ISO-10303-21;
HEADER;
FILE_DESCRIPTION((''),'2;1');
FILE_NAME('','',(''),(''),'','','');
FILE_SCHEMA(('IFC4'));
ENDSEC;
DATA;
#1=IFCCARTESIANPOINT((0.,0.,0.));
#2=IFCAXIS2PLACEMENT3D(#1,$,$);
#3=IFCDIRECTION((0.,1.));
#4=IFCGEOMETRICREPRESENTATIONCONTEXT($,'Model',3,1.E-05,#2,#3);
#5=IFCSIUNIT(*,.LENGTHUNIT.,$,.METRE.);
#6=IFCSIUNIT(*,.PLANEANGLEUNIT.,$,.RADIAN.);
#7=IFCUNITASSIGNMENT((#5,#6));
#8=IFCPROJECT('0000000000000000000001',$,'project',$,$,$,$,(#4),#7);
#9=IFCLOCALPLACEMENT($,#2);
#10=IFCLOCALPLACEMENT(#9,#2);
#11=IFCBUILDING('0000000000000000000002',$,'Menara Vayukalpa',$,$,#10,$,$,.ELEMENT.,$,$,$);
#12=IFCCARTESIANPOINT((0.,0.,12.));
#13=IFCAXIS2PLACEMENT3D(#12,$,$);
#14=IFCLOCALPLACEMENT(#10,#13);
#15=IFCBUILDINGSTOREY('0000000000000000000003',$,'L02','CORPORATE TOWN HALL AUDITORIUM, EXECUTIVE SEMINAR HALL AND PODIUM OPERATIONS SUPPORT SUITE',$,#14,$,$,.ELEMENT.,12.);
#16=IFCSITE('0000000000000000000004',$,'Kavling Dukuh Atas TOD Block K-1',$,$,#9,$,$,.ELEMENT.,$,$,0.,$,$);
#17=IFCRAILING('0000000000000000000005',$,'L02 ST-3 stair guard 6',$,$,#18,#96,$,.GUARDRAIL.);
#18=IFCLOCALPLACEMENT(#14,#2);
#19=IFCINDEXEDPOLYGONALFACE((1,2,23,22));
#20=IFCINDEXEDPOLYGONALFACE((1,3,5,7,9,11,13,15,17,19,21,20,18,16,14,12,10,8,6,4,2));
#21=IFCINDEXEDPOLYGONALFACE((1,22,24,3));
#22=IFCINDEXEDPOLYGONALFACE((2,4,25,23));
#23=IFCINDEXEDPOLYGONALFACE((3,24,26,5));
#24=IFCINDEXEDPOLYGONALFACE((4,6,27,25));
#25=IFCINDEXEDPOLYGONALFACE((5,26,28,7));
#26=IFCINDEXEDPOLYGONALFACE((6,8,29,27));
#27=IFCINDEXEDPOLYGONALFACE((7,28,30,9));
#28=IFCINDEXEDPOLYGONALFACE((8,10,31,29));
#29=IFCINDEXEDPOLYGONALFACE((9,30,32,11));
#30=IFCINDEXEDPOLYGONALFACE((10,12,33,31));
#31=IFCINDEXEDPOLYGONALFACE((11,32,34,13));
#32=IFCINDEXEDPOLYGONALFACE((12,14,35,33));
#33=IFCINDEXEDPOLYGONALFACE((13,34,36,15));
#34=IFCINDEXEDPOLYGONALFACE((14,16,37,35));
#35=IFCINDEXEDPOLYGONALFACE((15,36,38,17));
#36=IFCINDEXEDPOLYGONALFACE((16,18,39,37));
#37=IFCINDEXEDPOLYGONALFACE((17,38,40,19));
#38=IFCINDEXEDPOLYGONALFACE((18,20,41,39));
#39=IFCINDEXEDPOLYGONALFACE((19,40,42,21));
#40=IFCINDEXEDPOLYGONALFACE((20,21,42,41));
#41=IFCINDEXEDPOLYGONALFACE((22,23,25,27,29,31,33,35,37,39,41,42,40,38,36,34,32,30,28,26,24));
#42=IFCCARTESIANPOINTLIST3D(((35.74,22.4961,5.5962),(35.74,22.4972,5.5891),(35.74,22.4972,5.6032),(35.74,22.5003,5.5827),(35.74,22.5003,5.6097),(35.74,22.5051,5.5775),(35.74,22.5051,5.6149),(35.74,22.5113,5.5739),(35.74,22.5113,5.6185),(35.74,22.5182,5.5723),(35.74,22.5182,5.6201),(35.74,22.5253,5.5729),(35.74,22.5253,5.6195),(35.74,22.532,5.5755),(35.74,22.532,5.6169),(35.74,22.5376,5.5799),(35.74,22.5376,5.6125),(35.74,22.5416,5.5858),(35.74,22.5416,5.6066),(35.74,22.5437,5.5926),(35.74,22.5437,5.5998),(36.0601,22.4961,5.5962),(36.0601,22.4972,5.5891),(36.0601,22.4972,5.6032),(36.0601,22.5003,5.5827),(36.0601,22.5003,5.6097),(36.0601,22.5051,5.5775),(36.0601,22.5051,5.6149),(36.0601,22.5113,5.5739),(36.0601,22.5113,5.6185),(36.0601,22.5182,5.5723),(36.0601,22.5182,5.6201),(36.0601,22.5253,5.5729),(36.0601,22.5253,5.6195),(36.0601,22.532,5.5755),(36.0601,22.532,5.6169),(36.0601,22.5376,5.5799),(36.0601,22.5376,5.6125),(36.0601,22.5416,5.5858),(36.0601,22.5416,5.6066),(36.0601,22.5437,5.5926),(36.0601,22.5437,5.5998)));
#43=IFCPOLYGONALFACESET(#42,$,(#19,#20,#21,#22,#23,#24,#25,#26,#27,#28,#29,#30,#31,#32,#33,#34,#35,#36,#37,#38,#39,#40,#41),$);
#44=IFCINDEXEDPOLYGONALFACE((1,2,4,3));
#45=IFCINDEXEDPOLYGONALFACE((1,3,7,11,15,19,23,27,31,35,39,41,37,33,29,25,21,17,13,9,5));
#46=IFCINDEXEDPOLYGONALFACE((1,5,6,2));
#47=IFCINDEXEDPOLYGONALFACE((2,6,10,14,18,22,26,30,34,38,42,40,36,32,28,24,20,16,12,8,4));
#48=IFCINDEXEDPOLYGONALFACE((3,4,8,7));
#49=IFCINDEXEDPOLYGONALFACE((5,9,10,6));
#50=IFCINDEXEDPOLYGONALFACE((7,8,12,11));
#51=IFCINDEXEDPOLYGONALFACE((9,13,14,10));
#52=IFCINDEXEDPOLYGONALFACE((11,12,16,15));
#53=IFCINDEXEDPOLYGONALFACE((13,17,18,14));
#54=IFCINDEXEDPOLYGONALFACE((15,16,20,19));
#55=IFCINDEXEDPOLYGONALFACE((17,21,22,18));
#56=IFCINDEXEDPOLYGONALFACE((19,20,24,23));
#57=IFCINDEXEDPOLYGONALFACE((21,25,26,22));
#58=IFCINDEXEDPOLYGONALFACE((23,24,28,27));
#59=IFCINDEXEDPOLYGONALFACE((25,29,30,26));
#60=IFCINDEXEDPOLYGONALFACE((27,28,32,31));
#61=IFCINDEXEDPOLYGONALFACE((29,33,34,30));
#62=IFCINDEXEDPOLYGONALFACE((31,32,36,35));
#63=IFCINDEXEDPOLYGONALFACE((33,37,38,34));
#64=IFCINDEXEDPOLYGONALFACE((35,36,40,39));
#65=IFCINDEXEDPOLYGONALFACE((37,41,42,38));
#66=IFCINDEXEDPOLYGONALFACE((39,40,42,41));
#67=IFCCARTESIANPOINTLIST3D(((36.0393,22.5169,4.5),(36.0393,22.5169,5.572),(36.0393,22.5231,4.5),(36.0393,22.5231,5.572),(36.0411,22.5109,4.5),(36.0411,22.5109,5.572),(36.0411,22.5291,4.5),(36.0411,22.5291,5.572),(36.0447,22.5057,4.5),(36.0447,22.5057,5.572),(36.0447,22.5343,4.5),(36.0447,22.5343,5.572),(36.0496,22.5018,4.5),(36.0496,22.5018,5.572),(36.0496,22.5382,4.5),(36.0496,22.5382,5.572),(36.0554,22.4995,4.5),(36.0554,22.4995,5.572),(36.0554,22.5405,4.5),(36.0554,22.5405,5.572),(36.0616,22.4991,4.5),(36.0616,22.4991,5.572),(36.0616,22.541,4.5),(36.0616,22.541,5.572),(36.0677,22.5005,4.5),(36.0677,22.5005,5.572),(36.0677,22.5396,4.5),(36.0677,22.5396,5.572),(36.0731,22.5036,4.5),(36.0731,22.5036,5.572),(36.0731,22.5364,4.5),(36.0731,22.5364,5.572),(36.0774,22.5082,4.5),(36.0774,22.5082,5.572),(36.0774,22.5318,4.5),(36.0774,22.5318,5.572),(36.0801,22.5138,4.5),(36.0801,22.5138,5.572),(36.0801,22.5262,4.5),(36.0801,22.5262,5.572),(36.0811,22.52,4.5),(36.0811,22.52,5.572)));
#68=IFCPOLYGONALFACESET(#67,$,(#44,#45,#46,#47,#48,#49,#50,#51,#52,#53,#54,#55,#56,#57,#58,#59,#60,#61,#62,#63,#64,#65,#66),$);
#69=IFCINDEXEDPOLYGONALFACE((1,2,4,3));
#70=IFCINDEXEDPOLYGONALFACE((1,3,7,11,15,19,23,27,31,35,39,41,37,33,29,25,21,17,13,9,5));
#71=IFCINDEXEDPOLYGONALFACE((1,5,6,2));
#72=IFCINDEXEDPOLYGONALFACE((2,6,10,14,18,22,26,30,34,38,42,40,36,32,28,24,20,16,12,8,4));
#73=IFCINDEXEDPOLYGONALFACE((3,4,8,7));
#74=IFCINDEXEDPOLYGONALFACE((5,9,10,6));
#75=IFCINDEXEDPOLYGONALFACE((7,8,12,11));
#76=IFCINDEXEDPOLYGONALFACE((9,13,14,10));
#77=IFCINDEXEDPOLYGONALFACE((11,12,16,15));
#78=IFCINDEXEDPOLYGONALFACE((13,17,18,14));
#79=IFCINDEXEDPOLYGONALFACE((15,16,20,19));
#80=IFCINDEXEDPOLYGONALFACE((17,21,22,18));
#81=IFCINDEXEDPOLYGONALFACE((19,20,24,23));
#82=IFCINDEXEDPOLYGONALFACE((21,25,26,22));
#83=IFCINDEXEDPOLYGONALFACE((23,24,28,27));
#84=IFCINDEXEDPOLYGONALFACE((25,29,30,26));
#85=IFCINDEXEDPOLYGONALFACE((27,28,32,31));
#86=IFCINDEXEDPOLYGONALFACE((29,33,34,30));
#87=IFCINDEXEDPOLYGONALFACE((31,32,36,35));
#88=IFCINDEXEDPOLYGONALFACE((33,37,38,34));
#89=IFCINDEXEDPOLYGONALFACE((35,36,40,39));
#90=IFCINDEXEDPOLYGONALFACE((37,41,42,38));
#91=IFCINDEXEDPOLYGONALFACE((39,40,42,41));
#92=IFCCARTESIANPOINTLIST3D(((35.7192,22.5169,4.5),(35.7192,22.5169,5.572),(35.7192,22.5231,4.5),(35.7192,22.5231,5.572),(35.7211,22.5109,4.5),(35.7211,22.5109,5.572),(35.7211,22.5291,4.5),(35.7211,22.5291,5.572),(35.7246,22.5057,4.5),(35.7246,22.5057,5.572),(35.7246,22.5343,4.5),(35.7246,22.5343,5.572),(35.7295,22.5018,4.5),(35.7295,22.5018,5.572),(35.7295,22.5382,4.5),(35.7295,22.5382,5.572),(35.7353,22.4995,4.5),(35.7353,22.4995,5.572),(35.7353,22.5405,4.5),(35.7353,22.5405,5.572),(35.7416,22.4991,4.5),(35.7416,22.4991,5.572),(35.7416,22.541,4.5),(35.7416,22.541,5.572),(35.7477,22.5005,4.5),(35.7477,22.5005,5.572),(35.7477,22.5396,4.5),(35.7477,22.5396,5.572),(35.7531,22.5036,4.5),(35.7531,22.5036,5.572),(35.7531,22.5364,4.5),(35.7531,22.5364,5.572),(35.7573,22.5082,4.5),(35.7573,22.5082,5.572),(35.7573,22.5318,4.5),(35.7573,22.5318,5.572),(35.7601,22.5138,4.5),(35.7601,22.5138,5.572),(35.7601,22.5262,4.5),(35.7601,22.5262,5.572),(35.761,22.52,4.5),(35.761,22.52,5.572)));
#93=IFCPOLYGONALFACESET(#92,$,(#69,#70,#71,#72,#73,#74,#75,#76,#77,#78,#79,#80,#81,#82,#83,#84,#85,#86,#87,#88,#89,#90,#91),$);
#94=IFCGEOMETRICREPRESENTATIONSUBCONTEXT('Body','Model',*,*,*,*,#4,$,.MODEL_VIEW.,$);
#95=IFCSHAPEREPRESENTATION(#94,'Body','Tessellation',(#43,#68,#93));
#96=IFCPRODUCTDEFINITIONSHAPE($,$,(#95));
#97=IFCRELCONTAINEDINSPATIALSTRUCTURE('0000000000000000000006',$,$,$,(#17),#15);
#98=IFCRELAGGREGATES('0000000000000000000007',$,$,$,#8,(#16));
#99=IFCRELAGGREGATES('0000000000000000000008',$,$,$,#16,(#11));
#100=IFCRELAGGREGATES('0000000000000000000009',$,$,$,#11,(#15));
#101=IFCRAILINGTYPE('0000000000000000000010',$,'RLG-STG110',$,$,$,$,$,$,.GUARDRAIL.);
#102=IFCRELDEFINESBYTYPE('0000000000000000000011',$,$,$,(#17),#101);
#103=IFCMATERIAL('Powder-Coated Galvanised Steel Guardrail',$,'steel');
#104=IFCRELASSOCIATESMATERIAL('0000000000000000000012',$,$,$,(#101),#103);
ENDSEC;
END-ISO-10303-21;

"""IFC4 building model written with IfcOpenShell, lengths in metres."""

from ifc_helpers import new_model, si_unit, direction, frame, origin, origin_2d, place, context, subcontext, project, spatial, circle, extrude, material, type_object, element, save


model = new_model("IFC4")

# Units and contexts
model_context = context("Model", 3, precision=1e-05, world=origin(), true_north=direction((0.0, 1.0)))
body_context = subcontext(model_context, "Body", "Model", "MODEL_VIEW")
ifc_project = project(units=[si_unit("LENGTHUNIT", "METRE"), si_unit("PLANEANGLEUNIT", "RADIAN")], contexts=[model_context])

# Site, building, storey
site_placement = place(None, origin())
site = spatial("IfcSite", under=ifc_project, at=site_placement, Name="Kavling Dukuh Atas TOD Block K-1", CompositionType="ELEMENT", RefElevation=0.0)
building_placement = place(site_placement, origin())
building = spatial("IfcBuilding", under=site, at=building_placement, Name="Menara Vayukalpa", CompositionType="ELEMENT")
storey_placement = place(building_placement, frame((0.0, 0.0, 12.0)))
storey = spatial("IfcBuildingStorey", under=building, at=storey_placement, Name="L02", Description="CORPORATE TOWN HALL AUDITORIUM, EXECUTIVE SEMINAR HALL AND PODIUM OPERATIONS SUPPORT SUITE", CompositionType="ELEMENT", Elevation=12.0)

# Railing
ifc_material_1 = material(Name="Powder-Coated Galvanised Steel Guardrail", Category="steel")
railing_type_1 = type_object("IfcRailingType", Name="RLG-STG110", PredefinedType="GUARDRAIL", material=ifc_material_1)
railing_1_placement = place(storey_placement, frame((36.0601, 22.52, 4.5)))
element("IfcRailing", 1, at=railing_1_placement, inside=storey, type_object=railing_type_1, Name="L02 ST-3 stair guard 6", PredefinedType="GUARDRAIL", context=body_context, shape_type="SweptSolid", body=[
    extrude(circle(Radius=0.0239, at=origin_2d()), frame((0.0, 0.0, 1.0962), z_axis=(-1.0, 0.0, 0.0), x_axis=(0.0, -1.0, 0.0)), (0.0, 0.0, 1.0), 0.3201),
    extrude(circle(Radius=0.021, at=origin_2d()), origin(), (0.0, 0.0, 1.0), 1.072),
    extrude(circle(Radius=0.021, at=origin_2d()), frame((-0.3201, 0.0, 0.0)), (0.0, 0.0, 1.0), 1.072),
])

save(model, "model.ifc")
